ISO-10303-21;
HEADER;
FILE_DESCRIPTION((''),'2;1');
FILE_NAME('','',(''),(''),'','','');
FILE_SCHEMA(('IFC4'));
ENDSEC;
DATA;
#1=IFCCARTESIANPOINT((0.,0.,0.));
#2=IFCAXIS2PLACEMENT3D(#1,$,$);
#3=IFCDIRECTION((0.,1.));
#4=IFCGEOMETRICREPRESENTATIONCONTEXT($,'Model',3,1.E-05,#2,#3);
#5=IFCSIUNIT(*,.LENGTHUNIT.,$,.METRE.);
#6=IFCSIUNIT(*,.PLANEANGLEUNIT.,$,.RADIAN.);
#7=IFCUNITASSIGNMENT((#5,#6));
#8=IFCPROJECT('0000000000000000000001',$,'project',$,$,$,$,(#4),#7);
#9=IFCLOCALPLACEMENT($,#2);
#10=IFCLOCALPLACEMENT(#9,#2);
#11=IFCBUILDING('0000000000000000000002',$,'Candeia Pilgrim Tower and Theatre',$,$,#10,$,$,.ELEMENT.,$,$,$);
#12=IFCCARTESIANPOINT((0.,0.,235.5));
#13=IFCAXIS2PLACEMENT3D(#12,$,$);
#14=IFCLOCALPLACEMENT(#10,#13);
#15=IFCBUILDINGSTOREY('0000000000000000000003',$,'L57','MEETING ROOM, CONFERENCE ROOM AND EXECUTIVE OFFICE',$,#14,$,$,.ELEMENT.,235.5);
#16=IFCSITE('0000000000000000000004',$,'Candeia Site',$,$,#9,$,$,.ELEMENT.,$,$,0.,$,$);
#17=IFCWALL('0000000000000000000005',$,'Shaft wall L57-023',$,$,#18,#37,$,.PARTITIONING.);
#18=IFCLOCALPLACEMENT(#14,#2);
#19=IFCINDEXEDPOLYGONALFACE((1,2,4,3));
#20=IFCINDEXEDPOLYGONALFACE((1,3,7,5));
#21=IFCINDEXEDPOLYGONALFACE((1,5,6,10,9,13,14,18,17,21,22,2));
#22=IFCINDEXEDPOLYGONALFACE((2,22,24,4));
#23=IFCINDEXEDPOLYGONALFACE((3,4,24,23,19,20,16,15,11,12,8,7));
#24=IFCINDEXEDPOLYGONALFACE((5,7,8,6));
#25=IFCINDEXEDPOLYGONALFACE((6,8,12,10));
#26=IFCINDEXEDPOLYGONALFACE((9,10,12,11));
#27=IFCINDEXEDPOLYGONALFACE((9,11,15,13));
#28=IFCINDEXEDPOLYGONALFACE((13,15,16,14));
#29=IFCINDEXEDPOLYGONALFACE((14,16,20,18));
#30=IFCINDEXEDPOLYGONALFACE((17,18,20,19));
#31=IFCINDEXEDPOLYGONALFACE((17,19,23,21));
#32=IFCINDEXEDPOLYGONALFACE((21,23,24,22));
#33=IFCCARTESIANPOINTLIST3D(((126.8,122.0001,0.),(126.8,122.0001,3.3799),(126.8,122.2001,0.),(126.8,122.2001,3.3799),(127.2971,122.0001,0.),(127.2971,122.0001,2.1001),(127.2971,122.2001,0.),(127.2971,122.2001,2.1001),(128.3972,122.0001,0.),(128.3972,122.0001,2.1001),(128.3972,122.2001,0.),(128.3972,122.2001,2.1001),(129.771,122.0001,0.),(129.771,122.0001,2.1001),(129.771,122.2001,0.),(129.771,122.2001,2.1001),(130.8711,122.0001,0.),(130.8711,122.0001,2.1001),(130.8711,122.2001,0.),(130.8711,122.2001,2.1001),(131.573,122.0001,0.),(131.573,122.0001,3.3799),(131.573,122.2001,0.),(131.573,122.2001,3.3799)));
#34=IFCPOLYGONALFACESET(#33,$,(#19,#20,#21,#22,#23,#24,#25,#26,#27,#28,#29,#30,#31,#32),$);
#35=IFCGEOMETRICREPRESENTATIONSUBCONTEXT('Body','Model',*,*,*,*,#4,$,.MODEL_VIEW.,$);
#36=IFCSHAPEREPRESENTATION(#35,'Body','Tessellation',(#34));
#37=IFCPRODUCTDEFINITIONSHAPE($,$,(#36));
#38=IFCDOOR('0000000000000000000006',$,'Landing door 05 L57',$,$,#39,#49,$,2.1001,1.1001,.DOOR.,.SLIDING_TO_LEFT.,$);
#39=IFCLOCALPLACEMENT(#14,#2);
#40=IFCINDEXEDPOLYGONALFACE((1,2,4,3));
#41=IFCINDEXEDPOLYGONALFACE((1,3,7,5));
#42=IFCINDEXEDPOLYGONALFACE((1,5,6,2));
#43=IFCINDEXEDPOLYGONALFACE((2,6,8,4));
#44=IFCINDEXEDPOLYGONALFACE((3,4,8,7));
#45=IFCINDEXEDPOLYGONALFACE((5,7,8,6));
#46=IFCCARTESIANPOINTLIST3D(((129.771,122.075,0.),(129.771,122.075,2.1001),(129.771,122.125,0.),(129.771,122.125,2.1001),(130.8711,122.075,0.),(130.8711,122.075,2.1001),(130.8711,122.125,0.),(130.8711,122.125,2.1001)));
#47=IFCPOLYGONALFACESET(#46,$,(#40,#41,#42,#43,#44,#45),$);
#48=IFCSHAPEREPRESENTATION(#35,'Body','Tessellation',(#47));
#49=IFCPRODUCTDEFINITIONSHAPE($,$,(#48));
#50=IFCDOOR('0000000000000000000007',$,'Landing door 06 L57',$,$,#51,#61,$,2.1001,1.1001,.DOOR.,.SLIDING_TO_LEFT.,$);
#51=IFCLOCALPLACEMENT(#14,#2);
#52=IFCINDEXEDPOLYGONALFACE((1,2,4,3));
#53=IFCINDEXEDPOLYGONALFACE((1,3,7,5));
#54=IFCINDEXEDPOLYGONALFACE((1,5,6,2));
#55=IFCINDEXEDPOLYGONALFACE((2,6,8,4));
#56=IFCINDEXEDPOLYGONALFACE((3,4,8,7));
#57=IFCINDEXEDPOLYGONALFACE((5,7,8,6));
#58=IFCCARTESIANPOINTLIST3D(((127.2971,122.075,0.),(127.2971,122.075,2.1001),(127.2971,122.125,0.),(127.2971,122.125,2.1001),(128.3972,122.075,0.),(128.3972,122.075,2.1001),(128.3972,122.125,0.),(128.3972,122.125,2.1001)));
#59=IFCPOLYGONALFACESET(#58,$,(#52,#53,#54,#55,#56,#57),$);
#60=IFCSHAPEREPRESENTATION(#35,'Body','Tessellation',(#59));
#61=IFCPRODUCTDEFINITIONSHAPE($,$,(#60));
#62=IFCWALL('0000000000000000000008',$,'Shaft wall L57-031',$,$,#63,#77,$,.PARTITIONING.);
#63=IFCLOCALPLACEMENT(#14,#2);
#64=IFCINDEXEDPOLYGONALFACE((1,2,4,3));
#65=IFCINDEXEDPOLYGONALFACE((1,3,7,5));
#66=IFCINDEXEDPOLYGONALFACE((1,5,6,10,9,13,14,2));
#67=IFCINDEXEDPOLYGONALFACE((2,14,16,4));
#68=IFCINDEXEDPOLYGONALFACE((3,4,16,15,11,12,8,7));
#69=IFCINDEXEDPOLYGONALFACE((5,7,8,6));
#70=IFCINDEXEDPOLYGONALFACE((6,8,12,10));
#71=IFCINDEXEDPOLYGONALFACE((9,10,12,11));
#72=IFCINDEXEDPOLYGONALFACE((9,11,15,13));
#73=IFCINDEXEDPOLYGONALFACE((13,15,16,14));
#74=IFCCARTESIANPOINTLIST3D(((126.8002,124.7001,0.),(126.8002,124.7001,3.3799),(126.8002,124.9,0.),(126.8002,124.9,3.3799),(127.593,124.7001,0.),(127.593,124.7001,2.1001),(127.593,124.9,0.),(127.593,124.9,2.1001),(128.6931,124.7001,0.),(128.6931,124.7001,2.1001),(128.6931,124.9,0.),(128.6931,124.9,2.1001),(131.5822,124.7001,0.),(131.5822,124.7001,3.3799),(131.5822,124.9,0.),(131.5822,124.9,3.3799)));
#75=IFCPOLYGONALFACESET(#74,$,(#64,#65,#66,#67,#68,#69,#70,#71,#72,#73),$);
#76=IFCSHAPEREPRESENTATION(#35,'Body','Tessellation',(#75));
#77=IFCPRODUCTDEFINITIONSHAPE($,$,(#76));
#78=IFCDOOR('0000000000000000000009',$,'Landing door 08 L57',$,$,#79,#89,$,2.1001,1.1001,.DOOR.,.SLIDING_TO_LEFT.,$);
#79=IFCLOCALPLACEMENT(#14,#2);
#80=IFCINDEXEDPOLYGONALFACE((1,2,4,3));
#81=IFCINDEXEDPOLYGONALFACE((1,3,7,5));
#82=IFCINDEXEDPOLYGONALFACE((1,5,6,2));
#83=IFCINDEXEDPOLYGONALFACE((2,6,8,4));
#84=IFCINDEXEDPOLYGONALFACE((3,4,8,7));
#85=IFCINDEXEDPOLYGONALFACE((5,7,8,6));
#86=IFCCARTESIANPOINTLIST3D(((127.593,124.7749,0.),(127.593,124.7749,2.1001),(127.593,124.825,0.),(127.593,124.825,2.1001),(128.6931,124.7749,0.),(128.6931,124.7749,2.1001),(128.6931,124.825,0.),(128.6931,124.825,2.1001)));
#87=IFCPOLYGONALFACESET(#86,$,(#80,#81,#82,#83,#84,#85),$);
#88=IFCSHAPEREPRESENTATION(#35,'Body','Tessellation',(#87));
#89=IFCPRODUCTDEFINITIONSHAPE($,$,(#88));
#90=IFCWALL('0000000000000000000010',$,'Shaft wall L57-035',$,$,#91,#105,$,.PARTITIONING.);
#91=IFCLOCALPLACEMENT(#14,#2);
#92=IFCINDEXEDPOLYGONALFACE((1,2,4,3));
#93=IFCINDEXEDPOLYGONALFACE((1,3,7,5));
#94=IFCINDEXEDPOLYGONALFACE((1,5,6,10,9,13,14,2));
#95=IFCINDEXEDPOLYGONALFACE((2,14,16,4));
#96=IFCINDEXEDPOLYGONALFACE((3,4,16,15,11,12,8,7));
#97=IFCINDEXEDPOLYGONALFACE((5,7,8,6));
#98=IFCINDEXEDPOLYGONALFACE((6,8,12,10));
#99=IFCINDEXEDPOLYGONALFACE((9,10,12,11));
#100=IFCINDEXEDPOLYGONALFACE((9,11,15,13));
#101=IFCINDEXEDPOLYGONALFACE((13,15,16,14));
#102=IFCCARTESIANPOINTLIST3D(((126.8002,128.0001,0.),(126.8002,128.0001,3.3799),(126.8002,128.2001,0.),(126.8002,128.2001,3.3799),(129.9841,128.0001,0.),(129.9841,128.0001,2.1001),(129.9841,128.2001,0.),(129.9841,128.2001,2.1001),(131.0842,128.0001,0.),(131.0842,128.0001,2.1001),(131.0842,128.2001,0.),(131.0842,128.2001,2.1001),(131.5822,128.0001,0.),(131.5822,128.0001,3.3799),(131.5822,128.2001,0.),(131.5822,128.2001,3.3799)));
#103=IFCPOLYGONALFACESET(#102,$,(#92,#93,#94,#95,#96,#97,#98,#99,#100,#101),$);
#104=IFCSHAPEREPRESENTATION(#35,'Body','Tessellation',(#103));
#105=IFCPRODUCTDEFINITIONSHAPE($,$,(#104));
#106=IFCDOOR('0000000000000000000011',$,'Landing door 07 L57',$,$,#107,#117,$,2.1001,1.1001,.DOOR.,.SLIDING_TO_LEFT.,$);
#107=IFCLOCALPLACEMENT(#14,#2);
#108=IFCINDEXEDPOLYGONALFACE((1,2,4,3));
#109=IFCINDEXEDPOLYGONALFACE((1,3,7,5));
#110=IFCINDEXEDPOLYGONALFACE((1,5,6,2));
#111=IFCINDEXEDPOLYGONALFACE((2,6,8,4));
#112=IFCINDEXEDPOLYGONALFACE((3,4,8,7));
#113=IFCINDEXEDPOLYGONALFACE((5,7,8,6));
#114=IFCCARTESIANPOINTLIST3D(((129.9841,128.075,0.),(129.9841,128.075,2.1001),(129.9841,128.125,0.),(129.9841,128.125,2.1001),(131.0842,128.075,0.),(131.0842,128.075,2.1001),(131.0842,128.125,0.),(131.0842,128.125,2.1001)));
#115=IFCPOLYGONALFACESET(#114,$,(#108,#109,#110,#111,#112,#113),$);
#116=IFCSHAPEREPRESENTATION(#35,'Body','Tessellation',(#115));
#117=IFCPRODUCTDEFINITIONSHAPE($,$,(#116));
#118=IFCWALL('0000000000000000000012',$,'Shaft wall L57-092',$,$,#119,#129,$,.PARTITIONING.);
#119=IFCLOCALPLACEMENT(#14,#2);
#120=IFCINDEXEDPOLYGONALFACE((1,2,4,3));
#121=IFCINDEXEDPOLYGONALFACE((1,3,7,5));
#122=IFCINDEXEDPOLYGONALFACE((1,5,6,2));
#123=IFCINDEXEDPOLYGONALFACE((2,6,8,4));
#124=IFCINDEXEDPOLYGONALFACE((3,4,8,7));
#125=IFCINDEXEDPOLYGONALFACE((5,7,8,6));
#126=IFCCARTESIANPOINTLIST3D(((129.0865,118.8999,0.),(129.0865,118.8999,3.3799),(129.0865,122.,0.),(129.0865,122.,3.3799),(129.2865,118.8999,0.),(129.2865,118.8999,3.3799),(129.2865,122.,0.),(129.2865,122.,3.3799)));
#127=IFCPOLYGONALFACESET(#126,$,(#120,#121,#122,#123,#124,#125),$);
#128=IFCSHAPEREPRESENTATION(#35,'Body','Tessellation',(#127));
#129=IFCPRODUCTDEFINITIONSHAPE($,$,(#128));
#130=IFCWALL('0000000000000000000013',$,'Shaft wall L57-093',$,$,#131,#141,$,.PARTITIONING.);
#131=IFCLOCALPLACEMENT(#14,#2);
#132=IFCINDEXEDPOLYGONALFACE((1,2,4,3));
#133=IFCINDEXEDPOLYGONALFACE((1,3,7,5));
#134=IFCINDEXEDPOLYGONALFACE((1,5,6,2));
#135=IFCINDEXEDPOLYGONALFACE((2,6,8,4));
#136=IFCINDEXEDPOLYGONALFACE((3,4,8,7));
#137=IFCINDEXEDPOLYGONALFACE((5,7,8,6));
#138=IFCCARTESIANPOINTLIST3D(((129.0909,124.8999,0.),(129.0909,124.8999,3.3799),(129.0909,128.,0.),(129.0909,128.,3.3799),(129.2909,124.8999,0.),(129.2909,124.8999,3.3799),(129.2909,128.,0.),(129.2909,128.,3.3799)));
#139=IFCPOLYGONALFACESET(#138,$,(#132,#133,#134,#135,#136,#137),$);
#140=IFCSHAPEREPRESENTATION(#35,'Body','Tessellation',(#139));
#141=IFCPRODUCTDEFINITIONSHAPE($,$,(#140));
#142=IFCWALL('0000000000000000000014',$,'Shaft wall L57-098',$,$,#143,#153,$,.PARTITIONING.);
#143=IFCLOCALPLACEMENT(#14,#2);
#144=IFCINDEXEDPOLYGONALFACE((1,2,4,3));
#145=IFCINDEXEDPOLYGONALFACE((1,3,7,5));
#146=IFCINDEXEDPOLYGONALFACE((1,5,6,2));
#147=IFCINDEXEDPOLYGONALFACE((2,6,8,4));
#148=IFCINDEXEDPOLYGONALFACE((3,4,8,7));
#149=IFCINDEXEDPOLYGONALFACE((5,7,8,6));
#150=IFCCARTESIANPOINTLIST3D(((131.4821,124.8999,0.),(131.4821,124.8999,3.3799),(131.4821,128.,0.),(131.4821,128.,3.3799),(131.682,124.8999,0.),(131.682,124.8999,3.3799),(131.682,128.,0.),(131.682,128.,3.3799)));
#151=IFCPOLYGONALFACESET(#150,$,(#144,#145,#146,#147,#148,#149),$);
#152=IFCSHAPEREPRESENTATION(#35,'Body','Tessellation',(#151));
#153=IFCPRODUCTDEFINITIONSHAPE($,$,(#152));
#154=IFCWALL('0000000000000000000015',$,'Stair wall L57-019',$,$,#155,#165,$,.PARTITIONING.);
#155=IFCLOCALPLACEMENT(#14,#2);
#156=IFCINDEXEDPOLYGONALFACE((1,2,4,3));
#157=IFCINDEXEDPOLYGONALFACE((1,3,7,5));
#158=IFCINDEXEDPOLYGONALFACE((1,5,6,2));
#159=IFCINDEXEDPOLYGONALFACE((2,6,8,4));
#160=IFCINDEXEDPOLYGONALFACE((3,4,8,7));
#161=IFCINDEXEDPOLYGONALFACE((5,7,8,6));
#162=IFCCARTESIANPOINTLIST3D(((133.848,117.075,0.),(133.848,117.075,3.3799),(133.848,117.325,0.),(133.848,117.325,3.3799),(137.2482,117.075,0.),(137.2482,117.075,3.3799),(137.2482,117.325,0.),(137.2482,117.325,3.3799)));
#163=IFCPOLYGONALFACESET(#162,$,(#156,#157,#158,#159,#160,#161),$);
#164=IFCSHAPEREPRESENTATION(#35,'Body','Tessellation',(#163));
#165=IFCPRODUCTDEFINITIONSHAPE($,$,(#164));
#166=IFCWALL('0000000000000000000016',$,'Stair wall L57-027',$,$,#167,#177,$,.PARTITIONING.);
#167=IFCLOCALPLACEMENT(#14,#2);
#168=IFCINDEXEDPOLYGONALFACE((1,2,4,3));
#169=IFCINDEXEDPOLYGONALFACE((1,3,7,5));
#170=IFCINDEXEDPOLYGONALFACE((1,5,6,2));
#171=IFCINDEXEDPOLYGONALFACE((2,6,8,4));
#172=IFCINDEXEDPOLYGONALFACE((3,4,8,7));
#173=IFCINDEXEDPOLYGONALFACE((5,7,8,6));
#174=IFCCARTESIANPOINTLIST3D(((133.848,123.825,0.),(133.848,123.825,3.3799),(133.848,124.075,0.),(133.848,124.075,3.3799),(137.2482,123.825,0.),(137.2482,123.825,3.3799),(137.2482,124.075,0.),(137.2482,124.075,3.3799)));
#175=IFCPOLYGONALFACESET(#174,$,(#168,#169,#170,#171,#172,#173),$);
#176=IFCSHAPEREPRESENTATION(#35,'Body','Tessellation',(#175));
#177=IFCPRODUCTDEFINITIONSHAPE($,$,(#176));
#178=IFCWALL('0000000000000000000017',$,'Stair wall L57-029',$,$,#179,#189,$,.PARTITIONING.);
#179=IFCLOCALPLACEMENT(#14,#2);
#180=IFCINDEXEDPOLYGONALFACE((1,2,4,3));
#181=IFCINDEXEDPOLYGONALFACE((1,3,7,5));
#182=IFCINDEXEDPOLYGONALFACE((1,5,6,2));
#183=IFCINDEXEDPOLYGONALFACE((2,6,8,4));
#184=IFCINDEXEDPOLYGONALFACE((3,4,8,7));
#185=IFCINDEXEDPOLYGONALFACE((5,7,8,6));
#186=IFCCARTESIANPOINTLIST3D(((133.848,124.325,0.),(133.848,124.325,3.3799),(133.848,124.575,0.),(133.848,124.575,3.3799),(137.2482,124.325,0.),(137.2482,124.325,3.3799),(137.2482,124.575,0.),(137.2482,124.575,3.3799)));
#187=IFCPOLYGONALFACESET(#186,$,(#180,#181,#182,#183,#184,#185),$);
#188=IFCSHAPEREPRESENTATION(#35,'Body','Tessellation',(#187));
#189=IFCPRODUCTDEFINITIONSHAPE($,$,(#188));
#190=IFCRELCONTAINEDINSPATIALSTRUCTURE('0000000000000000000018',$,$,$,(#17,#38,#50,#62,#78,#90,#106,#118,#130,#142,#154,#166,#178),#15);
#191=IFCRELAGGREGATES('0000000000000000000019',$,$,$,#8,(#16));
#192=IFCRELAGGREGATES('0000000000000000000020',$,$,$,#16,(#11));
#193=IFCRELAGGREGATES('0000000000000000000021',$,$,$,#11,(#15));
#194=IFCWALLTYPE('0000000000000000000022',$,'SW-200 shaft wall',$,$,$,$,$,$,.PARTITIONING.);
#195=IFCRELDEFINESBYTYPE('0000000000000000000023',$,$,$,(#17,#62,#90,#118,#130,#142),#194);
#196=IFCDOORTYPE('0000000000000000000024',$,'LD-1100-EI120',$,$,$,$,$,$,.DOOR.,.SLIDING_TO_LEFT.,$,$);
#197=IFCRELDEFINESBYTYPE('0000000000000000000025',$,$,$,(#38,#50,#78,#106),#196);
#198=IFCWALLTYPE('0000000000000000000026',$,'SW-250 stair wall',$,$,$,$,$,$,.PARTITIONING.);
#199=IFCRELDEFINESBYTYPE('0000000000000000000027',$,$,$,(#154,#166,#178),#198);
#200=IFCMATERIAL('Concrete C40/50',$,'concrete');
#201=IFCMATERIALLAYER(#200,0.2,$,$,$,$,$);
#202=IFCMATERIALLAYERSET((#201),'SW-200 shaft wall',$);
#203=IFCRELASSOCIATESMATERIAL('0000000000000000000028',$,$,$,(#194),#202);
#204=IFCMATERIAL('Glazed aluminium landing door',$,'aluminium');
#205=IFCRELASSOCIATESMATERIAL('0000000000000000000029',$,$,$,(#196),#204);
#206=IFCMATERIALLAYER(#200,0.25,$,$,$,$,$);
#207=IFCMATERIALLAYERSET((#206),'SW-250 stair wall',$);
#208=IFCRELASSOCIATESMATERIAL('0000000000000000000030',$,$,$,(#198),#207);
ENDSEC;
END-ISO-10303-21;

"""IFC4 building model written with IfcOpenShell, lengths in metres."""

from ifc_helpers import new_model, si_unit, direction, frame, frame_2d, origin, place, context, subcontext, project, spatial, rectangle, extrude, material, layer, layer_set, type_object, element, fill, save


model = new_model("IFC4")

# Units and contexts
model_context = context("Model", 3, precision=1e-05, world=origin(), true_north=direction((0.0, 1.0)))
body_context = subcontext(model_context, "Body", "Model", "MODEL_VIEW")
ifc_project = project(units=[si_unit("LENGTHUNIT", "METRE"), si_unit("PLANEANGLEUNIT", "RADIAN")], contexts=[model_context])

# Site, building, storey
site_placement = place(None, origin())
site = spatial("IfcSite", under=ifc_project, at=site_placement, Name="Candeia Site", CompositionType="ELEMENT", RefElevation=0.0)
building_placement = place(site_placement, origin())
building = spatial("IfcBuilding", under=site, at=building_placement, Name="Candeia Pilgrim Tower and Theatre", CompositionType="ELEMENT")
storey_placement = place(building_placement, frame((0.0, 0.0, 235.5)))
storey = spatial("IfcBuildingStorey", under=building, at=storey_placement, Name="L57", Description="MEETING ROOM, CONFERENCE ROOM AND EXECUTIVE OFFICE", CompositionType="ELEMENT", Elevation=235.5)

# Shared definitions
ifc_material_1 = material(Name="Concrete C40/50", Category="concrete")
ifc_layer_1 = layer(ifc_material_1, 0.2)
ifc_layer_set_1 = layer_set([ifc_layer_1], Name="SW-200 shaft wall")
wall_type_1 = type_object("IfcWallType", Name="SW-200 shaft wall", PredefinedType="PARTITIONING", material=ifc_layer_set_1)

# Wall, openings, doors
wall_1_placement = place(storey_placement, frame((126.8, 122.1001, 0.0), z_axis=(0.0, 0.0, 1.0), x_axis=(1.0, 0.0, 0.0)))
wall_1 = element("IfcWall", 1, at=wall_1_placement, inside=storey, type_object=wall_type_1, Name="Shaft wall L57-023", PredefinedType="PARTITIONING", context=body_context, shape_type="SweptSolid", body=[
    extrude(rectangle(XDim=4.7729, YDim=0.2, at=frame_2d((2.3865, 0.0))), origin(), (0.0, 0.0, 1.0), 3.3799),
])
opening_1_placement = place(wall_1_placement, frame((2.9709, 0.0, 0.0)))
opening_1 = element("IfcOpeningElement", 2, at=opening_1_placement, cuts=wall_1, PredefinedType="OPENING", context=body_context, shape_type="SweptSolid", body=[
    extrude(rectangle(XDim=1.1001, YDim=2.1001, at=frame_2d((0.55, 1.05))), frame((0.0, 0.1099, 0.0), z_axis=(0.0, -1.0, 0.0), x_axis=(1.0, 0.0, 0.0)), (0.0, 0.0, 1.0), 0.22),
])
opening_2_placement = place(wall_1_placement, frame((0.4971, 0.0, 0.0)))
opening_2 = element("IfcOpeningElement", 3, at=opening_2_placement, cuts=wall_1, PredefinedType="OPENING", context=body_context, shape_type="SweptSolid", body=[
    extrude(rectangle(XDim=1.1001, YDim=2.1001, at=frame_2d((0.55, 1.05))), frame((0.0, 0.1099, 0.0), z_axis=(0.0, -1.0, 0.0), x_axis=(1.0, 0.0, 0.0)), (0.0, 0.0, 1.0), 0.22),
])
ifc_material_2 = material(Name="Glazed aluminium landing door", Category="aluminium")
door_type_1 = type_object("IfcDoorType", Name="LD-1100-EI120", OperationType="SLIDING_TO_LEFT", PredefinedType="DOOR", material=ifc_material_2)
door_1_placement = place(opening_1_placement, origin())
door_1 = element("IfcDoor", 4, at=door_1_placement, inside=storey, type_object=door_type_1, Name="Landing door 05 L57", OperationType="SLIDING_TO_LEFT", OverallHeight=2.1001, OverallWidth=1.1001, PredefinedType="DOOR", context=body_context, shape_type="SweptSolid", body=[
    extrude(rectangle(XDim=1.1001, YDim=2.1001, at=frame_2d((0.55, 1.05))), frame((0.0, 0.0249, 0.0), z_axis=(0.0, -1.0, 0.0), x_axis=(1.0, 0.0, 0.0)), (0.0, 0.0, 1.0), 0.05),
])
fill(opening_1, door_1)
door_2_placement = place(opening_2_placement, origin())
door_2 = element("IfcDoor", 5, at=door_2_placement, inside=storey, type_object=door_type_1, Name="Landing door 06 L57", OperationType="SLIDING_TO_LEFT", OverallHeight=2.1001, OverallWidth=1.1001, PredefinedType="DOOR", context=body_context, shape_type="SweptSolid", body=[
    extrude(rectangle(XDim=1.1001, YDim=2.1001, at=frame_2d((0.55, 1.05))), frame((0.0, 0.0249, 0.0), z_axis=(0.0, -1.0, 0.0), x_axis=(1.0, 0.0, 0.0)), (0.0, 0.0, 1.0), 0.05),
])
fill(opening_2, door_2)

# Walls, openings, doors
wall_2_placement = place(storey_placement, frame((126.8, 124.8, 0.0), z_axis=(0.0, 0.0, 1.0), x_axis=(1.0, 0.0, 0.0)))
wall_2 = element("IfcWall", 6, at=wall_2_placement, inside=storey, type_object=wall_type_1, Name="Shaft wall L57-031", PredefinedType="PARTITIONING", context=body_context, shape_type="SweptSolid", body=[
    extrude(rectangle(XDim=4.782, YDim=0.2, at=frame_2d((2.3911, 0.0))), origin(), (0.0, 0.0, 1.0), 3.3799),
])
opening_3_placement = place(wall_2_placement, frame((0.793, 0.0, 0.0)))
opening_3 = element("IfcOpeningElement", 7, at=opening_3_placement, cuts=wall_2, PredefinedType="OPENING", context=body_context, shape_type="SweptSolid", body=[
    extrude(rectangle(XDim=1.1001, YDim=2.1001, at=frame_2d((0.55, 1.05))), frame((0.0, 0.1099, 0.0), z_axis=(0.0, -1.0, 0.0), x_axis=(1.0, 0.0, 0.0)), (0.0, 0.0, 1.0), 0.22),
])
door_3_placement = place(opening_3_placement, origin())
door_3 = element("IfcDoor", 8, at=door_3_placement, inside=storey, type_object=door_type_1, Name="Landing door 08 L57", OperationType="SLIDING_TO_LEFT", OverallHeight=2.1001, OverallWidth=1.1001, PredefinedType="DOOR", context=body_context, shape_type="SweptSolid", body=[
    extrude(rectangle(XDim=1.1001, YDim=2.1001, at=frame_2d((0.55, 1.05))), frame((0.0, 0.0249, 0.0), z_axis=(0.0, -1.0, 0.0), x_axis=(1.0, 0.0, 0.0)), (0.0, 0.0, 1.0), 0.05),
])
fill(opening_3, door_3)
wall_3_placement = place(storey_placement, frame((126.8, 128.1001, 0.0), z_axis=(0.0, 0.0, 1.0), x_axis=(1.0, 0.0, 0.0)))
wall_3 = element("IfcWall", 9, at=wall_3_placement, inside=storey, type_object=wall_type_1, Name="Shaft wall L57-035", PredefinedType="PARTITIONING", context=body_context, shape_type="SweptSolid", body=[
    extrude(rectangle(XDim=4.782, YDim=0.2, at=frame_2d((2.3911, 0.0))), origin(), (0.0, 0.0, 1.0), 3.3799),
])
opening_4_placement = place(wall_3_placement, frame((3.1841, 0.0, 0.0)))
opening_4 = element("IfcOpeningElement", 10, at=opening_4_placement, cuts=wall_3, PredefinedType="OPENING", context=body_context, shape_type="SweptSolid", body=[
    extrude(rectangle(XDim=1.1001, YDim=2.1001, at=frame_2d((0.55, 1.05))), frame((0.0, 0.1099, 0.0), z_axis=(0.0, -1.0, 0.0), x_axis=(1.0, 0.0, 0.0)), (0.0, 0.0, 1.0), 0.22),
])
door_4_placement = place(opening_4_placement, origin())
door_4 = element("IfcDoor", 11, at=door_4_placement, inside=storey, type_object=door_type_1, Name="Landing door 07 L57", OperationType="SLIDING_TO_LEFT", OverallHeight=2.1001, OverallWidth=1.1001, PredefinedType="DOOR", context=body_context, shape_type="SweptSolid", body=[
    extrude(rectangle(XDim=1.1001, YDim=2.1001, at=frame_2d((0.55, 1.05))), frame((0.0, 0.0249, 0.0), z_axis=(0.0, -1.0, 0.0), x_axis=(1.0, 0.0, 0.0)), (0.0, 0.0, 1.0), 0.05),
])
fill(opening_4, door_4)

# Walls
for number, where, z_axis, x_axis, name in (
    (12, (129.1865, 118.8999, 0.0), (0.0, 0.0, 1.0), (0.0, 1.0, 0.0), "Shaft wall L57-092"),
    (13, (129.1909, 124.8999, 0.0), (0.0, 0.0, 1.0), (0.0, 1.0, 0.0), "Shaft wall L57-093"),
    (14, (131.582, 124.8999, 0.0), (0.0, 0.0, 1.0), (0.0, 1.0, 0.0), "Shaft wall L57-098"),
):
    element("IfcWall", number, at=place(storey_placement, frame(where, z_axis=z_axis, x_axis=x_axis)), inside=storey, type_object=wall_type_1, Name=name, PredefinedType="PARTITIONING", context=body_context, shape_type="SweptSolid", body=[
        extrude(rectangle(XDim=3.1001, YDim=0.2, at=frame_2d((1.55, 0.0))), origin(), (0.0, 0.0, 1.0), 3.3799),
    ])
ifc_layer_2 = layer(ifc_material_1, 0.25)
ifc_layer_set_2 = layer_set([ifc_layer_2], Name="SW-250 stair wall")
wall_type_2 = type_object("IfcWallType", Name="SW-250 stair wall", PredefinedType="PARTITIONING", material=ifc_layer_set_2)
for number, where, z_axis, x_axis, name in (
    (15, (133.8479, 117.2, 0.0), (0.0, 0.0, 1.0), (1.0, 0.0, 0.0), "Stair wall L57-019"),
    (16, (133.8479, 123.95, 0.0), (0.0, 0.0, 1.0), (1.0, 0.0, 0.0), "Stair wall L57-027"),
    (17, (133.8479, 124.45, 0.0), (0.0, 0.0, 1.0), (1.0, 0.0, 0.0), "Stair wall L57-029"),
):
    element("IfcWall", number, at=place(storey_placement, frame(where, z_axis=z_axis, x_axis=x_axis)), inside=storey, type_object=wall_type_2, Name=name, PredefinedType="PARTITIONING", context=body_context, shape_type="SweptSolid", body=[
        extrude(rectangle(XDim=3.4001, YDim=0.25, at=frame_2d((1.7002, 0.0))), origin(), (0.0, 0.0, 1.0), 3.3799),
    ])

save(model, "model.ifc")
